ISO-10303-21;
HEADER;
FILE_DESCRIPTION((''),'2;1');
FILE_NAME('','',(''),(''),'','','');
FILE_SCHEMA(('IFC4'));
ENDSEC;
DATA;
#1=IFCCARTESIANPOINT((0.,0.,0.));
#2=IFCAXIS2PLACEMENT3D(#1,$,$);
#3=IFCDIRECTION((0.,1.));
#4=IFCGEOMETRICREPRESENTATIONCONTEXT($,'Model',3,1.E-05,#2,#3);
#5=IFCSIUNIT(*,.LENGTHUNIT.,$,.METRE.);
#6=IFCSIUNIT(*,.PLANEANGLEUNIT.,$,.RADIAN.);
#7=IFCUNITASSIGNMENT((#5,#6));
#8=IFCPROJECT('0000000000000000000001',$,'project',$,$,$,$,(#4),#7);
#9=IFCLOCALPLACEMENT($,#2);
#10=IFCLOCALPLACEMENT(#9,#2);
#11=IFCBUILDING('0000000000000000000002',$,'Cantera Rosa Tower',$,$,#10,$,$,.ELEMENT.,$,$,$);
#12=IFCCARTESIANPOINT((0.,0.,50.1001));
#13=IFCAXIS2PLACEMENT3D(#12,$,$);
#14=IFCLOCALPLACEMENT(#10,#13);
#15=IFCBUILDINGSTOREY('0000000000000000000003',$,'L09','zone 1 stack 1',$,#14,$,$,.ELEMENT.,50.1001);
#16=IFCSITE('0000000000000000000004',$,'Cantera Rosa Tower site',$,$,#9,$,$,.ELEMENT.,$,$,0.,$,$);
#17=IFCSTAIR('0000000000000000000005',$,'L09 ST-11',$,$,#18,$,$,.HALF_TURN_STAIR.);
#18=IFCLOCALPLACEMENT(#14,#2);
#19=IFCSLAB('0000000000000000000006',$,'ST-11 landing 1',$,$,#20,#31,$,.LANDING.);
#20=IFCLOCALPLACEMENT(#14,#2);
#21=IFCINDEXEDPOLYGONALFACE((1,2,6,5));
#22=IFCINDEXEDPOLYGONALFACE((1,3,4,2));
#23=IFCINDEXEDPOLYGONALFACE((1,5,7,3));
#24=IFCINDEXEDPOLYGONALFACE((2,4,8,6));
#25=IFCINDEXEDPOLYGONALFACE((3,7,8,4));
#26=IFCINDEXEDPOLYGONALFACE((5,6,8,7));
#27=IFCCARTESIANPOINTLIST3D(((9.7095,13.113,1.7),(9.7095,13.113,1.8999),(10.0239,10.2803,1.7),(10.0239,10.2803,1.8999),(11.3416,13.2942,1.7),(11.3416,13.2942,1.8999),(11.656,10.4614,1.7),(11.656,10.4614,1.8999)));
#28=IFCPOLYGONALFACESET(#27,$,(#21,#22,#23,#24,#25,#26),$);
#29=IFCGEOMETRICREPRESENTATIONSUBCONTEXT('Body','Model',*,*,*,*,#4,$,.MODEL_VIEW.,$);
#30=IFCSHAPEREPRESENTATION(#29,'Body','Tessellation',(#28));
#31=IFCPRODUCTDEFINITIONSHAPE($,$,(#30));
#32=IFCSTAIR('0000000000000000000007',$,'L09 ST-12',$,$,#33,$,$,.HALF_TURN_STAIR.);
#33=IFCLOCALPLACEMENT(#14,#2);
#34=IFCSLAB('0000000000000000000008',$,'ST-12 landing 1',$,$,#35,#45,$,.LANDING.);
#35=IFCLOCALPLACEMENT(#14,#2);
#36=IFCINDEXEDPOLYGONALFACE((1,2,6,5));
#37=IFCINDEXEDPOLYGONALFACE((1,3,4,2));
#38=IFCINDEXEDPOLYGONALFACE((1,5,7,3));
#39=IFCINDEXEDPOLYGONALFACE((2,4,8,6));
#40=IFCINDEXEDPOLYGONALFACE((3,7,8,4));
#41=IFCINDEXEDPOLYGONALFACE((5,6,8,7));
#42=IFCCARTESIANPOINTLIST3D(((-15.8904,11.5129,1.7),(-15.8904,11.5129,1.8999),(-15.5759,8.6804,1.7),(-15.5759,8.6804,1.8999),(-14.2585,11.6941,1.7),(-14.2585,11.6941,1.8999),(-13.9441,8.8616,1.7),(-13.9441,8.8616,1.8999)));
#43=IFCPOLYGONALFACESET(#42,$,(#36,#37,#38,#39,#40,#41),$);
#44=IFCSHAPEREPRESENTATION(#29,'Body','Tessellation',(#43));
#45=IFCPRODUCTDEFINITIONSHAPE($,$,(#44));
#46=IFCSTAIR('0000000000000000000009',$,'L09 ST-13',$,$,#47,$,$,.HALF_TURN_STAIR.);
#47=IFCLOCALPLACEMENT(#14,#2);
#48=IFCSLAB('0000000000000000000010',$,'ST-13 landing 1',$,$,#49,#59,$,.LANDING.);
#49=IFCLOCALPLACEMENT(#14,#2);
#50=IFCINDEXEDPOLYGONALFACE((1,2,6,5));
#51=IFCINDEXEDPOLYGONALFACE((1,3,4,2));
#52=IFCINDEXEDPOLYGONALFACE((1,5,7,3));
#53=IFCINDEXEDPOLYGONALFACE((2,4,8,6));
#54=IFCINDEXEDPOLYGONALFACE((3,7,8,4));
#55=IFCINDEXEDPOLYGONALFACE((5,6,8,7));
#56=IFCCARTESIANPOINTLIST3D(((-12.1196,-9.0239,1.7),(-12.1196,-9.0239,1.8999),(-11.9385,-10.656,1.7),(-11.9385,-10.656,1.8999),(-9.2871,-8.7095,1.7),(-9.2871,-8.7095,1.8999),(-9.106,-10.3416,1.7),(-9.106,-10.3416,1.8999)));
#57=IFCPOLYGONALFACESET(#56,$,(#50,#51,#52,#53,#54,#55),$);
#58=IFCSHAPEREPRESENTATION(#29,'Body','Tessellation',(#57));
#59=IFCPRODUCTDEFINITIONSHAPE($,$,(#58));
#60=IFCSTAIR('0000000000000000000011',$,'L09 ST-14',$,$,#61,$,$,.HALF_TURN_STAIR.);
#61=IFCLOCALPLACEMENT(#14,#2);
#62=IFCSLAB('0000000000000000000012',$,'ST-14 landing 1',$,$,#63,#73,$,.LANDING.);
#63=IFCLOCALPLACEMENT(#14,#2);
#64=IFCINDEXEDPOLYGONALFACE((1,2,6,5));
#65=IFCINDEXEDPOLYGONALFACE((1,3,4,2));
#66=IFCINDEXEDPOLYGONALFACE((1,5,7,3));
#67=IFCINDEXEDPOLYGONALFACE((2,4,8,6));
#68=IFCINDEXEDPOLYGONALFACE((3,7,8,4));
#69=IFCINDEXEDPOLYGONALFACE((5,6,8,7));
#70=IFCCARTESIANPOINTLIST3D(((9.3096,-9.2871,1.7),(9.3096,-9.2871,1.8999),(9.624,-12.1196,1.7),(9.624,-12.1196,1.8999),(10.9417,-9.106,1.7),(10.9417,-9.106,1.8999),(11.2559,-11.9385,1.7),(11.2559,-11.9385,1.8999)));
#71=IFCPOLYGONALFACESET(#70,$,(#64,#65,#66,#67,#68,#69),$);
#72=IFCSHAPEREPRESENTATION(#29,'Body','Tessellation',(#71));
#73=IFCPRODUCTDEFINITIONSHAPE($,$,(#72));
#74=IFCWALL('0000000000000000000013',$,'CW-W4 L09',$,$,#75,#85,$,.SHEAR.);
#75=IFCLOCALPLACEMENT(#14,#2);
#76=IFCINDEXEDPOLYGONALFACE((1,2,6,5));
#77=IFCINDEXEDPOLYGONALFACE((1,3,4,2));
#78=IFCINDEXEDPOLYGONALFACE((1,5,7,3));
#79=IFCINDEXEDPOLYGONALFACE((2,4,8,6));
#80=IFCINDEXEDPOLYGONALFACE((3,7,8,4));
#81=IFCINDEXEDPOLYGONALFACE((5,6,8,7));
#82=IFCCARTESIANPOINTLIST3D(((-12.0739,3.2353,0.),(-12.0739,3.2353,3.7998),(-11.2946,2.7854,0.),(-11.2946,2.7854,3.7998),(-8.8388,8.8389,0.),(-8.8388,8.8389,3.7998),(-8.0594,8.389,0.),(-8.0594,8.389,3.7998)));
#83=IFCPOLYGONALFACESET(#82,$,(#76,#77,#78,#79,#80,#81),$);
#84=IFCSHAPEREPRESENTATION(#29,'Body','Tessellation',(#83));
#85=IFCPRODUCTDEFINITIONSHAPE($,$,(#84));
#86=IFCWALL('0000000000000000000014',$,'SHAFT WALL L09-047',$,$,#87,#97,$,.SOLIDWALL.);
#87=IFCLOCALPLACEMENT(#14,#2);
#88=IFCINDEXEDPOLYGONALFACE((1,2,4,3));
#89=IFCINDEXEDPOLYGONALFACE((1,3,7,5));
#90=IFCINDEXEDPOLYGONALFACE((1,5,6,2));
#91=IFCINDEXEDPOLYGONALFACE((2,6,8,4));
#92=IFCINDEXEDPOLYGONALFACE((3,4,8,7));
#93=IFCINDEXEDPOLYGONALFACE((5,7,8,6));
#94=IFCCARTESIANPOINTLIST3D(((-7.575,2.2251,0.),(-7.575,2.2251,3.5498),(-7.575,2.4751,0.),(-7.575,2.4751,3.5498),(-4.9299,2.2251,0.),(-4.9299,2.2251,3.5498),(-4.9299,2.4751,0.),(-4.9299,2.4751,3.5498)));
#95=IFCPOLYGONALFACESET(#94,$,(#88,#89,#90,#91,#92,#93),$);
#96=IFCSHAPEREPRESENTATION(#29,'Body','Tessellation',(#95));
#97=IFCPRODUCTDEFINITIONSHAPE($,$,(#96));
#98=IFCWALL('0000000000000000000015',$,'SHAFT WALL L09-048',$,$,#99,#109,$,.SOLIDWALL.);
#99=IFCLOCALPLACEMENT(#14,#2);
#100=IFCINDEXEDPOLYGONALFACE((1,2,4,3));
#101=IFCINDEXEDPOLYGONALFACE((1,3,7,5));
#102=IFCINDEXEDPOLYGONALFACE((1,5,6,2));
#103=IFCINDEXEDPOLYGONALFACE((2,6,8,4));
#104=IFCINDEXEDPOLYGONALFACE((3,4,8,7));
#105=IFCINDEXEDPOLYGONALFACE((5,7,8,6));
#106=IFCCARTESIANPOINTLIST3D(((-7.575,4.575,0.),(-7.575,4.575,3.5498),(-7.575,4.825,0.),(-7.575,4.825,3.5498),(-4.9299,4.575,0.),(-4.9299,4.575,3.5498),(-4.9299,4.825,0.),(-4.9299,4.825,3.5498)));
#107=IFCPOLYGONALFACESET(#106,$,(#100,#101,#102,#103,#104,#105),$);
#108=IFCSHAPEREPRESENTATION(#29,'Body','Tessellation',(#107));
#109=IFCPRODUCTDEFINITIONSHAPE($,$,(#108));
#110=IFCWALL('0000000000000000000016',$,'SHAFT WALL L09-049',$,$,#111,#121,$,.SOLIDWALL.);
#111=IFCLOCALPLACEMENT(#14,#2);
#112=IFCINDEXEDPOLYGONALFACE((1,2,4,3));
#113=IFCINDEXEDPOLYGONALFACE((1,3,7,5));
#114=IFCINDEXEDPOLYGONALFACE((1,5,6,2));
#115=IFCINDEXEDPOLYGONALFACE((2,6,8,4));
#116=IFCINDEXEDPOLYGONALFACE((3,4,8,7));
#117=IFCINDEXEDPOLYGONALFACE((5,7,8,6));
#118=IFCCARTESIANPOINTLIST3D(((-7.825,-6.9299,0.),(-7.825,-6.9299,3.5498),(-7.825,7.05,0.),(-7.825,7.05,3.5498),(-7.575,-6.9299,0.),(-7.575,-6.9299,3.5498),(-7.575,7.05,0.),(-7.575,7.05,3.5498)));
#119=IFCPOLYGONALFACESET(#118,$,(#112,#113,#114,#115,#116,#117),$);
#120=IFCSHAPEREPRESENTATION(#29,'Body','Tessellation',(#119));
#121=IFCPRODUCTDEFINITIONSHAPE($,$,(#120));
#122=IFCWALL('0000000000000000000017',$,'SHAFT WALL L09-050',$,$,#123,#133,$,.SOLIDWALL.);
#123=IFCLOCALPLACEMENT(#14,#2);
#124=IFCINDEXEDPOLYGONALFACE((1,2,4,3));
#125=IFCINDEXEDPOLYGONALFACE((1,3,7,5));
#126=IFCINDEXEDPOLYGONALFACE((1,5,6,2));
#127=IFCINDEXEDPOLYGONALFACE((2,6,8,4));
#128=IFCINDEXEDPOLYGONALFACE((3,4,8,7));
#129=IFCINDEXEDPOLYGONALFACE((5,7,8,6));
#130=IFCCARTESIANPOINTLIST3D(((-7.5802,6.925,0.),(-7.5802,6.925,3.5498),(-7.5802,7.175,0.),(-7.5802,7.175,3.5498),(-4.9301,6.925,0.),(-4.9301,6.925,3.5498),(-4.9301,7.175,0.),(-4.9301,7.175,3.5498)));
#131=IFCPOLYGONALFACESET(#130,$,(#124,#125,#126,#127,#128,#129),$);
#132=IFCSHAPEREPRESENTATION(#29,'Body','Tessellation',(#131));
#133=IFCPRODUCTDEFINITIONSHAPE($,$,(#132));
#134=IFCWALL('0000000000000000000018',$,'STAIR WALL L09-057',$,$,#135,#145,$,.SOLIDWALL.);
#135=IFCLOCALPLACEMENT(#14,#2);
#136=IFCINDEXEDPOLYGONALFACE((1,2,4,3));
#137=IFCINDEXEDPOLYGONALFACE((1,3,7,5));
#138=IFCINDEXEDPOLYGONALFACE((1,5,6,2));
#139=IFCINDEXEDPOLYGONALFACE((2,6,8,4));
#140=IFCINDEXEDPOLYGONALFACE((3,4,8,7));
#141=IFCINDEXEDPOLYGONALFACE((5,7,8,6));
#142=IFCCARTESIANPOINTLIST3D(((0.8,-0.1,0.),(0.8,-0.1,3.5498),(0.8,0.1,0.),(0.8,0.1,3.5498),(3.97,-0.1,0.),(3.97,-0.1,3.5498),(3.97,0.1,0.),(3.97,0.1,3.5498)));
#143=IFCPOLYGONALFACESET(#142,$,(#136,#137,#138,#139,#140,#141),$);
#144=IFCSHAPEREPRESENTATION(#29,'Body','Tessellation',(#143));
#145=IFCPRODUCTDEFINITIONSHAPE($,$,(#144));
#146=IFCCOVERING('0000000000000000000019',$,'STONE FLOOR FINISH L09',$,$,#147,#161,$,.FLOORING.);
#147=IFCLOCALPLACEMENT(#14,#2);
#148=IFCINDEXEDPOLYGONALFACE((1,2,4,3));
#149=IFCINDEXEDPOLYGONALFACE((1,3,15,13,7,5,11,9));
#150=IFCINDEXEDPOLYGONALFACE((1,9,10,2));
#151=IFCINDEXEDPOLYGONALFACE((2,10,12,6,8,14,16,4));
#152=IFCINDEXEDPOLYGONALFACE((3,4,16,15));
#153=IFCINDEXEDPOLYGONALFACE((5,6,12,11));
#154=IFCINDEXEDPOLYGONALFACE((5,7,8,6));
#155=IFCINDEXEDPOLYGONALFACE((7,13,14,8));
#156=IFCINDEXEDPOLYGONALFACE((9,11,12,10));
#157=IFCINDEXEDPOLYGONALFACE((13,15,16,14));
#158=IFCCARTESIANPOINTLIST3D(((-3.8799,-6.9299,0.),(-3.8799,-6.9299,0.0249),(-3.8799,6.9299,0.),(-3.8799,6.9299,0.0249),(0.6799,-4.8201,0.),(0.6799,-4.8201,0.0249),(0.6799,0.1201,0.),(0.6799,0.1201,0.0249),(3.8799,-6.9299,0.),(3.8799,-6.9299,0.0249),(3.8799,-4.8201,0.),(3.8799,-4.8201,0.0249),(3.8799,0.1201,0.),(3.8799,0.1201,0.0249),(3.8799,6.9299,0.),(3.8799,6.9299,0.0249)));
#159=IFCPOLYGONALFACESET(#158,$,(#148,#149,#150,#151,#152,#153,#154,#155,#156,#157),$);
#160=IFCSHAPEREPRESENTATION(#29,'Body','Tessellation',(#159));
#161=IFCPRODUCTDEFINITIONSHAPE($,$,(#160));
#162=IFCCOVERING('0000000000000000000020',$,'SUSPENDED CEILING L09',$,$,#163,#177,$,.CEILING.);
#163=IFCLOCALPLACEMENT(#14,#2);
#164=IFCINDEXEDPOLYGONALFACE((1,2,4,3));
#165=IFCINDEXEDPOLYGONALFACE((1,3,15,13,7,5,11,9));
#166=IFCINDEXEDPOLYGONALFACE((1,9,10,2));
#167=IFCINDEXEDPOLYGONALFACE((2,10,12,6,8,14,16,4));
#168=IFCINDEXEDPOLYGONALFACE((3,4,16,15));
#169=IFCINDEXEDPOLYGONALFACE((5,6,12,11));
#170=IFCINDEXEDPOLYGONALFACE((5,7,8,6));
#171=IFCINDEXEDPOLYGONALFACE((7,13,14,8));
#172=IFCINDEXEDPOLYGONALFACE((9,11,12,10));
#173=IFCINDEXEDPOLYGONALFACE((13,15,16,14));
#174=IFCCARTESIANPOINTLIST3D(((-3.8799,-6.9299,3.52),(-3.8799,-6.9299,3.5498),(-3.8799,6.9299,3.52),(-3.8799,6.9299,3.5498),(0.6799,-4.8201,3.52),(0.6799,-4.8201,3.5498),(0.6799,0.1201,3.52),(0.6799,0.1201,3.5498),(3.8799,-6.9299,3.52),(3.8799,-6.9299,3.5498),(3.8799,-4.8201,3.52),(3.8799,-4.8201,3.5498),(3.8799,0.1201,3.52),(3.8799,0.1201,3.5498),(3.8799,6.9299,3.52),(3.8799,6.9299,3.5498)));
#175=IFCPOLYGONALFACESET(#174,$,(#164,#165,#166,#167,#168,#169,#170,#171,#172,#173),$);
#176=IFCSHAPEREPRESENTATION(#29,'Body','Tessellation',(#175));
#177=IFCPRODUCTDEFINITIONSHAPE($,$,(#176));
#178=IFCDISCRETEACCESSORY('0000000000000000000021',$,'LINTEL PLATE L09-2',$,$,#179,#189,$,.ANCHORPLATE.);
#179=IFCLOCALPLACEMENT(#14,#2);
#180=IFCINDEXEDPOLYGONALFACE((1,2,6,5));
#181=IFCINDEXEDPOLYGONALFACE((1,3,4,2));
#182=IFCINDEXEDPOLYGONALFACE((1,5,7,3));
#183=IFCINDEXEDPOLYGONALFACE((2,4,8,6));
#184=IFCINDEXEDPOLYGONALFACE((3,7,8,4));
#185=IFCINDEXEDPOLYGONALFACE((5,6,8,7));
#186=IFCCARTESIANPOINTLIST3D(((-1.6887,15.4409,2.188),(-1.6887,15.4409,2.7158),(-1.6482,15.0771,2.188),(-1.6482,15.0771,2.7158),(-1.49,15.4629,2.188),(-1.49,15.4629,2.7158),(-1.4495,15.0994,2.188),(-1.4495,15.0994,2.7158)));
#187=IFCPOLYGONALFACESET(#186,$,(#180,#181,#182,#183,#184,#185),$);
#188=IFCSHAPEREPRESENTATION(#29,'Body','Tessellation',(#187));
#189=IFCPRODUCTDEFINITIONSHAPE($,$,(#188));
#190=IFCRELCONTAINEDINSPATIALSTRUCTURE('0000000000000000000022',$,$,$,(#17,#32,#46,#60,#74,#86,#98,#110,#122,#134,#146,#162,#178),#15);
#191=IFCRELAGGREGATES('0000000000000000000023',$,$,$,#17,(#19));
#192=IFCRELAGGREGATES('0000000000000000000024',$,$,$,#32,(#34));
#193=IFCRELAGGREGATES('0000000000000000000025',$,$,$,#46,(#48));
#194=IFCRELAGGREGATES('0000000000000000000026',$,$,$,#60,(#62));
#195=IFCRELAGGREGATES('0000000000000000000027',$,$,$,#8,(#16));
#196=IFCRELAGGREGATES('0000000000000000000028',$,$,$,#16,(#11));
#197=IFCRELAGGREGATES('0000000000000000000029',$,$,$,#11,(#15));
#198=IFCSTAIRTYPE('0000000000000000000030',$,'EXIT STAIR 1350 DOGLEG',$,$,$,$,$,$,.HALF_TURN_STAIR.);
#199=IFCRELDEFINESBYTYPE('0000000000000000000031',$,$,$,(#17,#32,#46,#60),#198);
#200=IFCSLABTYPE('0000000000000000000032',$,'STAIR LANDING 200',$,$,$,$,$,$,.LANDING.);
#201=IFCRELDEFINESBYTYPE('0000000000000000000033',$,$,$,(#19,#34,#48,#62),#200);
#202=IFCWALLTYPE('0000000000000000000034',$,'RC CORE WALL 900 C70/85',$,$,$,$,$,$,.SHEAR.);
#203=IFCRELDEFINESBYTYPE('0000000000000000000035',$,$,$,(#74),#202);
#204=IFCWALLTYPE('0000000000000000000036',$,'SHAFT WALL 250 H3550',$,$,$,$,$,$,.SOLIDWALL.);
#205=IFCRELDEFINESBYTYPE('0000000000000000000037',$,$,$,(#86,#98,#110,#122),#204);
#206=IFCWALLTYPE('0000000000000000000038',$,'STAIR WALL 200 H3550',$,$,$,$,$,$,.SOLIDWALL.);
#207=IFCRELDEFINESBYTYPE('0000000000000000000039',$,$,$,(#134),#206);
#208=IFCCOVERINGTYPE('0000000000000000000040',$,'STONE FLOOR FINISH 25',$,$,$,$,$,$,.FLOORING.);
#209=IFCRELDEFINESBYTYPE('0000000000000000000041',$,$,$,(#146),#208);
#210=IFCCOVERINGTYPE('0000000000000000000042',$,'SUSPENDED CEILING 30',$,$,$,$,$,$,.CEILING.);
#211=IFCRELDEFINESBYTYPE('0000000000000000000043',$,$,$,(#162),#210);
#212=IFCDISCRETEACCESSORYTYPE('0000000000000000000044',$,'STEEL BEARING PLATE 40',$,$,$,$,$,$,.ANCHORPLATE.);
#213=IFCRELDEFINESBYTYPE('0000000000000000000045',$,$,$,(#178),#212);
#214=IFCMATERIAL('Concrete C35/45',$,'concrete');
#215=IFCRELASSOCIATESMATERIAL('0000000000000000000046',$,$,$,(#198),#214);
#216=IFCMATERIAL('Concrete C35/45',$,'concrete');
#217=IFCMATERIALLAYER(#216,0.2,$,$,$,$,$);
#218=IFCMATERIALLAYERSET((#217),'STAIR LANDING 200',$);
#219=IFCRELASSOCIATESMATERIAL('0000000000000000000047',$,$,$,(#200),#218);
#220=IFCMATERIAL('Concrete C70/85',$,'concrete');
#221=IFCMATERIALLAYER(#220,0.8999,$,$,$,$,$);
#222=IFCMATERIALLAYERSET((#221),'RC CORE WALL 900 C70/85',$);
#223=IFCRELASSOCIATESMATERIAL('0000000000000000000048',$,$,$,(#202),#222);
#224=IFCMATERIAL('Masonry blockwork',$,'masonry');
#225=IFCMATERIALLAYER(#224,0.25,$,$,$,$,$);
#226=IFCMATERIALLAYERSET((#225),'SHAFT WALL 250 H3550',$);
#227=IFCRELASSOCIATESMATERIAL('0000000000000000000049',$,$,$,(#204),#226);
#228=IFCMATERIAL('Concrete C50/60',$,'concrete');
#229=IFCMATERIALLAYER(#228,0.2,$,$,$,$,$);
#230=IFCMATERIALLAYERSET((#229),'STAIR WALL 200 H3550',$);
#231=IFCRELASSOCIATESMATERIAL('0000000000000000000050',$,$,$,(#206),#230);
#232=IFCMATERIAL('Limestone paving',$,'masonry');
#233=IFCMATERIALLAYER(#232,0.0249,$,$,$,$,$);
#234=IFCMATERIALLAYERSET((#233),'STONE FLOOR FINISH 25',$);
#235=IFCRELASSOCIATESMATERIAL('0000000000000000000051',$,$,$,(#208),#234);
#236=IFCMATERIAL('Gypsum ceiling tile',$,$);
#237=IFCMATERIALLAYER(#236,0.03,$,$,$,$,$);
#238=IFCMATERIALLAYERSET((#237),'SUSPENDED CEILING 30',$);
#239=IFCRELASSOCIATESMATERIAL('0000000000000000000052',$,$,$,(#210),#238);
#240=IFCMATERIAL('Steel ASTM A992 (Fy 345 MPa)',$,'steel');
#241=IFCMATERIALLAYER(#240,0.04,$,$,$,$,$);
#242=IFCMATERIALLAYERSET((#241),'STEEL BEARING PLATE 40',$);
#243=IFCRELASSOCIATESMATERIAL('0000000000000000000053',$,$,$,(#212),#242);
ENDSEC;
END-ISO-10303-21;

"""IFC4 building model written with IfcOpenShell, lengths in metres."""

from ifc_helpers import new_model, si_unit, direction, frame, frame_2d, origin, place, context, subcontext, project, spatial, polyline, rectangle, outline, extrude, material, layer, layer_set, type_object, element, aggregate, save


model = new_model("IFC4")

# Units and contexts
model_context = context("Model", 3, precision=1e-05, world=origin(), true_north=direction((0.0, 1.0)))
body_context = subcontext(model_context, "Body", "Model", "MODEL_VIEW")
ifc_project = project(units=[si_unit("LENGTHUNIT", "METRE"), si_unit("PLANEANGLEUNIT", "RADIAN")], contexts=[model_context])

# Site, building, storey
site_placement = place(None, origin())
site = spatial("IfcSite", under=ifc_project, at=site_placement, Name="Cantera Rosa Tower site", CompositionType="ELEMENT", RefElevation=0.0)
building_placement = place(site_placement, origin())
building = spatial("IfcBuilding", under=site, at=building_placement, Name="Cantera Rosa Tower", CompositionType="ELEMENT")
storey_placement = place(building_placement, frame((0.0, 0.0, 50.1001)))
storey = spatial("IfcBuildingStorey", under=building, at=storey_placement, Name="L09", Description="zone 1 stack 1", CompositionType="ELEMENT", Elevation=50.1001)

# Stairs, slabs
ifc_material_1 = material(Name="Concrete C35/45", Category="concrete")
stair_type = type_object("IfcStairType", Name="EXIT STAIR 1350 DOGLEG", PredefinedType="HALF_TURN_STAIR", material=ifc_material_1)
stair_1_placement = place(storey_placement, origin())
stair_1 = element("IfcStair", 1, at=stair_1_placement, inside=storey, type_object=stair_type, Name="L09 ST-11", PredefinedType="HALF_TURN_STAIR")
ifc_material_2 = material(Name="Concrete C35/45", Category="concrete")
ifc_layer_1 = layer(ifc_material_2, 0.2)
ifc_layer_set_1 = layer_set([ifc_layer_1], Name="STAIR LANDING 200")
slab_type = type_object("IfcSlabType", Name="STAIR LANDING 200", PredefinedType="LANDING", material=ifc_layer_set_1)
slab_1_placement = place(storey_placement, frame((0.0, 0.0, 1.7)))
slab_1 = element("IfcSlab", 2, at=slab_1_placement, type_object=slab_type, Name="ST-11 landing 1", PredefinedType="LANDING", context=body_context, shape_type="SweptSolid", body=[
    extrude(outline(polyline([(11.3416, 13.2942), (9.7095, 13.113), (10.0239, 10.2803), (11.656, 10.4614), (11.3416, 13.2942)])), origin(), (0.0, 0.0, 1.0), 0.2),
])
aggregate(stair_1, [slab_1])
stair_2_placement = place(storey_placement, origin())
stair_2 = element("IfcStair", 3, at=stair_2_placement, inside=storey, type_object=stair_type, Name="L09 ST-12", PredefinedType="HALF_TURN_STAIR")
slab_2_placement = place(storey_placement, frame((0.0, 0.0, 1.7)))
slab_2 = element("IfcSlab", 4, at=slab_2_placement, type_object=slab_type, Name="ST-12 landing 1", PredefinedType="LANDING", context=body_context, shape_type="SweptSolid", body=[
    extrude(outline(polyline([(-14.2585, 11.6941), (-15.8904, 11.5129), (-15.5759, 8.6804), (-13.9441, 8.8616), (-14.2585, 11.6941)])), origin(), (0.0, 0.0, 1.0), 0.2),
])
aggregate(stair_2, [slab_2])
stair_3_placement = place(storey_placement, origin())
stair_3 = element("IfcStair", 5, at=stair_3_placement, inside=storey, type_object=stair_type, Name="L09 ST-13", PredefinedType="HALF_TURN_STAIR")
slab_3_placement = place(storey_placement, frame((0.0, 0.0, 1.7)))
slab_3 = element("IfcSlab", 6, at=slab_3_placement, type_object=slab_type, Name="ST-13 landing 1", PredefinedType="LANDING", context=body_context, shape_type="SweptSolid", body=[
    extrude(outline(polyline([(-9.106, -10.3416), (-9.2871, -8.7095), (-12.1196, -9.0239), (-11.9385, -10.656), (-9.106, -10.3416)])), origin(), (0.0, 0.0, 1.0), 0.2),
])
aggregate(stair_3, [slab_3])
stair_4_placement = place(storey_placement, origin())
stair_4 = element("IfcStair", 7, at=stair_4_placement, inside=storey, type_object=stair_type, Name="L09 ST-14", PredefinedType="HALF_TURN_STAIR")
slab_4_placement = place(storey_placement, frame((0.0, 0.0, 1.7)))
slab_4 = element("IfcSlab", 8, at=slab_4_placement, type_object=slab_type, Name="ST-14 landing 1", PredefinedType="LANDING", context=body_context, shape_type="SweptSolid", body=[
    extrude(outline(polyline([(10.9417, -9.106), (9.3096, -9.2871), (9.624, -12.1196), (11.2559, -11.9385), (10.9417, -9.106)])), origin(), (0.0, 0.0, 1.0), 0.2),
])
aggregate(stair_4, [slab_4])

# Walls
ifc_material_3 = material(Name="Concrete C70/85", Category="concrete")
ifc_layer_2 = layer(ifc_material_3, 0.8999)
ifc_layer_set_2 = layer_set([ifc_layer_2], Name="RC CORE WALL 900 C70/85")
wall_type_1 = type_object("IfcWallType", Name="RC CORE WALL 900 C70/85", PredefinedType="SHEAR", material=ifc_layer_set_2)
wall_1_placement = place(storey_placement, frame((-11.6843, 3.0103, 0.0), z_axis=(0.0, 0.0, 1.0), x_axis=(0.49999, 0.866031, 0.0)))
element("IfcWall", 9, at=wall_1_placement, inside=storey, type_object=wall_type_1, Name="CW-W4 L09", PredefinedType="SHEAR", context=body_context, shape_type="SweptSolid", body=[
    extrude(rectangle(XDim=6.4705, YDim=0.8999, at=frame_2d((3.2354, 0.0))), origin(), (0.0, 0.0, 1.0), 3.7998),
])
ifc_material_4 = material(Name="Masonry blockwork", Category="masonry")
ifc_layer_3 = layer(ifc_material_4, 0.25)
ifc_layer_set_3 = layer_set([ifc_layer_3], Name="SHAFT WALL 250 H3550")
wall_type_2 = type_object("IfcWallType", Name="SHAFT WALL 250 H3550", PredefinedType="SOLIDWALL", material=ifc_layer_set_3)
for number, where, z_axis, x_axis, name in (
    (10, (-7.575, 2.3501, 0.0), (0.0, 0.0, 1.0), (1.0, 0.0, 0.0), "SHAFT WALL L09-047"),
    (11, (-7.575, 4.7, 0.0), (0.0, 0.0, 1.0), (1.0, 0.0, 0.0), "SHAFT WALL L09-048"),
):
    element("IfcWall", number, at=place(storey_placement, frame(where, z_axis=z_axis, x_axis=x_axis)), inside=storey, type_object=wall_type_2, Name=name, PredefinedType="SOLIDWALL", context=body_context, shape_type="SweptSolid", body=[
        extrude(rectangle(XDim=2.645, YDim=0.25, at=frame_2d((1.3225, 0.0))), origin(), (0.0, 0.0, 1.0), 3.5498),
    ])
wall_2_placement = place(storey_placement, frame((-7.7, 7.05, 0.0), z_axis=(0.0, 0.0, 1.0), x_axis=(0.0, -1.0, 0.0)))
element("IfcWall", 12, at=wall_2_placement, inside=storey, type_object=wall_type_2, Name="SHAFT WALL L09-049", PredefinedType="SOLIDWALL", context=body_context, shape_type="SweptSolid", body=[
    extrude(rectangle(XDim=13.98, YDim=0.25, at=frame_2d((6.99, 0.0))), origin(), (0.0, 0.0, 1.0), 3.5498),
])
wall_3_placement = place(storey_placement, frame((-4.9299, 7.05, 0.0), z_axis=(0.0, 0.0, 1.0), x_axis=(-1.0, 0.0, 0.0)))
element("IfcWall", 13, at=wall_3_placement, inside=storey, type_object=wall_type_2, Name="SHAFT WALL L09-050", PredefinedType="SOLIDWALL", context=body_context, shape_type="SweptSolid", body=[
    extrude(rectangle(XDim=2.6501, YDim=0.25, at=frame_2d((1.3252, 0.0))), origin(), (0.0, 0.0, 1.0), 3.5498),
])
ifc_material_5 = material(Name="Concrete C50/60", Category="concrete")
ifc_layer_4 = layer(ifc_material_5, 0.2)
ifc_layer_set_4 = layer_set([ifc_layer_4], Name="STAIR WALL 200 H3550")
wall_type_3 = type_object("IfcWallType", Name="STAIR WALL 200 H3550", PredefinedType="SOLIDWALL", material=ifc_layer_set_4)
wall_4_placement = place(storey_placement, frame((0.8, 0.0, 0.0), z_axis=(0.0, 0.0, 1.0), x_axis=(1.0, 0.0, 0.0)))
element("IfcWall", 14, at=wall_4_placement, inside=storey, type_object=wall_type_3, Name="STAIR WALL L09-057", PredefinedType="SOLIDWALL", context=body_context, shape_type="SweptSolid", body=[
    extrude(rectangle(XDim=3.1699, YDim=0.2, at=frame_2d((1.585, 0.0))), origin(), (0.0, 0.0, 1.0), 3.5498),
])

# Coverings
ifc_material_6 = material(Name="Limestone paving", Category="masonry")
ifc_layer_5 = layer(ifc_material_6, 0.0249)
ifc_layer_set_5 = layer_set([ifc_layer_5], Name="STONE FLOOR FINISH 25")
covering_type_1 = type_object("IfcCoveringType", Name="STONE FLOOR FINISH 25", PredefinedType="FLOORING", material=ifc_layer_set_5)
covering_1_placement = place(storey_placement, origin())
element("IfcCovering", 15, at=covering_1_placement, inside=storey, type_object=covering_type_1, Name="STONE FLOOR FINISH L09", PredefinedType="FLOORING", context=body_context, shape_type="SweptSolid", body=[
    extrude(outline(polyline([(3.8799, 6.9299), (3.8799, 0.1201), (0.6799, 0.1201), (0.6799, -4.8201), (3.8799, -4.8201), (3.8799, -6.9299), (-3.8799, -6.9299), (-3.8799, 6.9299), (3.8799, 6.9299)])), origin(), (0.0, 0.0, 1.0), 0.0249),
])
ifc_material_7 = material(Name="Gypsum ceiling tile")
ifc_layer_6 = layer(ifc_material_7, 0.03)
ifc_layer_set_6 = layer_set([ifc_layer_6], Name="SUSPENDED CEILING 30")
covering_type_2 = type_object("IfcCoveringType", Name="SUSPENDED CEILING 30", PredefinedType="CEILING", material=ifc_layer_set_6)
covering_2_placement = place(storey_placement, frame((0.0, 0.0, 3.52)))
element("IfcCovering", 16, at=covering_2_placement, inside=storey, type_object=covering_type_2, Name="SUSPENDED CEILING L09", PredefinedType="CEILING", context=body_context, shape_type="SweptSolid", body=[
    extrude(outline(polyline([(3.8799, 6.9299), (3.8799, 0.1201), (0.6799, 0.1201), (0.6799, -4.8201), (3.8799, -4.8201), (3.8799, -6.9299), (-3.8799, -6.9299), (-3.8799, 6.9299), (3.8799, 6.9299)])), origin(), (0.0, 0.0, 1.0), 0.0298),
])

# Discrete accessory
ifc_material_8 = material(Name="Steel ASTM A992 (Fy 345 MPa)", Category="steel")
ifc_layer_7 = layer(ifc_material_8, 0.04)
ifc_layer_set_7 = layer_set([ifc_layer_7], Name="STEEL BEARING PLATE 40")
discrete_accessory_type = type_object("IfcDiscreteAccessoryType", Name="STEEL BEARING PLATE 40", PredefinedType="ANCHORPLATE", material=ifc_layer_set_7)
discrete_accessory_placement = place(storey_placement, frame((0.0, 0.0, 2.188)))
element("IfcDiscreteAccessory", 17, at=discrete_accessory_placement, inside=storey, type_object=discrete_accessory_type, Name="LINTEL PLATE L09-2", PredefinedType="ANCHORPLATE", context=body_context, shape_type="SweptSolid", body=[
    extrude(outline(polyline([(-1.49, 15.4629), (-1.6887, 15.4409), (-1.6482, 15.0771), (-1.4495, 15.0994), (-1.49, 15.4629)])), origin(), (0.0, 0.0, 1.0), 0.5278),
])

save(model, "model.ifc")
